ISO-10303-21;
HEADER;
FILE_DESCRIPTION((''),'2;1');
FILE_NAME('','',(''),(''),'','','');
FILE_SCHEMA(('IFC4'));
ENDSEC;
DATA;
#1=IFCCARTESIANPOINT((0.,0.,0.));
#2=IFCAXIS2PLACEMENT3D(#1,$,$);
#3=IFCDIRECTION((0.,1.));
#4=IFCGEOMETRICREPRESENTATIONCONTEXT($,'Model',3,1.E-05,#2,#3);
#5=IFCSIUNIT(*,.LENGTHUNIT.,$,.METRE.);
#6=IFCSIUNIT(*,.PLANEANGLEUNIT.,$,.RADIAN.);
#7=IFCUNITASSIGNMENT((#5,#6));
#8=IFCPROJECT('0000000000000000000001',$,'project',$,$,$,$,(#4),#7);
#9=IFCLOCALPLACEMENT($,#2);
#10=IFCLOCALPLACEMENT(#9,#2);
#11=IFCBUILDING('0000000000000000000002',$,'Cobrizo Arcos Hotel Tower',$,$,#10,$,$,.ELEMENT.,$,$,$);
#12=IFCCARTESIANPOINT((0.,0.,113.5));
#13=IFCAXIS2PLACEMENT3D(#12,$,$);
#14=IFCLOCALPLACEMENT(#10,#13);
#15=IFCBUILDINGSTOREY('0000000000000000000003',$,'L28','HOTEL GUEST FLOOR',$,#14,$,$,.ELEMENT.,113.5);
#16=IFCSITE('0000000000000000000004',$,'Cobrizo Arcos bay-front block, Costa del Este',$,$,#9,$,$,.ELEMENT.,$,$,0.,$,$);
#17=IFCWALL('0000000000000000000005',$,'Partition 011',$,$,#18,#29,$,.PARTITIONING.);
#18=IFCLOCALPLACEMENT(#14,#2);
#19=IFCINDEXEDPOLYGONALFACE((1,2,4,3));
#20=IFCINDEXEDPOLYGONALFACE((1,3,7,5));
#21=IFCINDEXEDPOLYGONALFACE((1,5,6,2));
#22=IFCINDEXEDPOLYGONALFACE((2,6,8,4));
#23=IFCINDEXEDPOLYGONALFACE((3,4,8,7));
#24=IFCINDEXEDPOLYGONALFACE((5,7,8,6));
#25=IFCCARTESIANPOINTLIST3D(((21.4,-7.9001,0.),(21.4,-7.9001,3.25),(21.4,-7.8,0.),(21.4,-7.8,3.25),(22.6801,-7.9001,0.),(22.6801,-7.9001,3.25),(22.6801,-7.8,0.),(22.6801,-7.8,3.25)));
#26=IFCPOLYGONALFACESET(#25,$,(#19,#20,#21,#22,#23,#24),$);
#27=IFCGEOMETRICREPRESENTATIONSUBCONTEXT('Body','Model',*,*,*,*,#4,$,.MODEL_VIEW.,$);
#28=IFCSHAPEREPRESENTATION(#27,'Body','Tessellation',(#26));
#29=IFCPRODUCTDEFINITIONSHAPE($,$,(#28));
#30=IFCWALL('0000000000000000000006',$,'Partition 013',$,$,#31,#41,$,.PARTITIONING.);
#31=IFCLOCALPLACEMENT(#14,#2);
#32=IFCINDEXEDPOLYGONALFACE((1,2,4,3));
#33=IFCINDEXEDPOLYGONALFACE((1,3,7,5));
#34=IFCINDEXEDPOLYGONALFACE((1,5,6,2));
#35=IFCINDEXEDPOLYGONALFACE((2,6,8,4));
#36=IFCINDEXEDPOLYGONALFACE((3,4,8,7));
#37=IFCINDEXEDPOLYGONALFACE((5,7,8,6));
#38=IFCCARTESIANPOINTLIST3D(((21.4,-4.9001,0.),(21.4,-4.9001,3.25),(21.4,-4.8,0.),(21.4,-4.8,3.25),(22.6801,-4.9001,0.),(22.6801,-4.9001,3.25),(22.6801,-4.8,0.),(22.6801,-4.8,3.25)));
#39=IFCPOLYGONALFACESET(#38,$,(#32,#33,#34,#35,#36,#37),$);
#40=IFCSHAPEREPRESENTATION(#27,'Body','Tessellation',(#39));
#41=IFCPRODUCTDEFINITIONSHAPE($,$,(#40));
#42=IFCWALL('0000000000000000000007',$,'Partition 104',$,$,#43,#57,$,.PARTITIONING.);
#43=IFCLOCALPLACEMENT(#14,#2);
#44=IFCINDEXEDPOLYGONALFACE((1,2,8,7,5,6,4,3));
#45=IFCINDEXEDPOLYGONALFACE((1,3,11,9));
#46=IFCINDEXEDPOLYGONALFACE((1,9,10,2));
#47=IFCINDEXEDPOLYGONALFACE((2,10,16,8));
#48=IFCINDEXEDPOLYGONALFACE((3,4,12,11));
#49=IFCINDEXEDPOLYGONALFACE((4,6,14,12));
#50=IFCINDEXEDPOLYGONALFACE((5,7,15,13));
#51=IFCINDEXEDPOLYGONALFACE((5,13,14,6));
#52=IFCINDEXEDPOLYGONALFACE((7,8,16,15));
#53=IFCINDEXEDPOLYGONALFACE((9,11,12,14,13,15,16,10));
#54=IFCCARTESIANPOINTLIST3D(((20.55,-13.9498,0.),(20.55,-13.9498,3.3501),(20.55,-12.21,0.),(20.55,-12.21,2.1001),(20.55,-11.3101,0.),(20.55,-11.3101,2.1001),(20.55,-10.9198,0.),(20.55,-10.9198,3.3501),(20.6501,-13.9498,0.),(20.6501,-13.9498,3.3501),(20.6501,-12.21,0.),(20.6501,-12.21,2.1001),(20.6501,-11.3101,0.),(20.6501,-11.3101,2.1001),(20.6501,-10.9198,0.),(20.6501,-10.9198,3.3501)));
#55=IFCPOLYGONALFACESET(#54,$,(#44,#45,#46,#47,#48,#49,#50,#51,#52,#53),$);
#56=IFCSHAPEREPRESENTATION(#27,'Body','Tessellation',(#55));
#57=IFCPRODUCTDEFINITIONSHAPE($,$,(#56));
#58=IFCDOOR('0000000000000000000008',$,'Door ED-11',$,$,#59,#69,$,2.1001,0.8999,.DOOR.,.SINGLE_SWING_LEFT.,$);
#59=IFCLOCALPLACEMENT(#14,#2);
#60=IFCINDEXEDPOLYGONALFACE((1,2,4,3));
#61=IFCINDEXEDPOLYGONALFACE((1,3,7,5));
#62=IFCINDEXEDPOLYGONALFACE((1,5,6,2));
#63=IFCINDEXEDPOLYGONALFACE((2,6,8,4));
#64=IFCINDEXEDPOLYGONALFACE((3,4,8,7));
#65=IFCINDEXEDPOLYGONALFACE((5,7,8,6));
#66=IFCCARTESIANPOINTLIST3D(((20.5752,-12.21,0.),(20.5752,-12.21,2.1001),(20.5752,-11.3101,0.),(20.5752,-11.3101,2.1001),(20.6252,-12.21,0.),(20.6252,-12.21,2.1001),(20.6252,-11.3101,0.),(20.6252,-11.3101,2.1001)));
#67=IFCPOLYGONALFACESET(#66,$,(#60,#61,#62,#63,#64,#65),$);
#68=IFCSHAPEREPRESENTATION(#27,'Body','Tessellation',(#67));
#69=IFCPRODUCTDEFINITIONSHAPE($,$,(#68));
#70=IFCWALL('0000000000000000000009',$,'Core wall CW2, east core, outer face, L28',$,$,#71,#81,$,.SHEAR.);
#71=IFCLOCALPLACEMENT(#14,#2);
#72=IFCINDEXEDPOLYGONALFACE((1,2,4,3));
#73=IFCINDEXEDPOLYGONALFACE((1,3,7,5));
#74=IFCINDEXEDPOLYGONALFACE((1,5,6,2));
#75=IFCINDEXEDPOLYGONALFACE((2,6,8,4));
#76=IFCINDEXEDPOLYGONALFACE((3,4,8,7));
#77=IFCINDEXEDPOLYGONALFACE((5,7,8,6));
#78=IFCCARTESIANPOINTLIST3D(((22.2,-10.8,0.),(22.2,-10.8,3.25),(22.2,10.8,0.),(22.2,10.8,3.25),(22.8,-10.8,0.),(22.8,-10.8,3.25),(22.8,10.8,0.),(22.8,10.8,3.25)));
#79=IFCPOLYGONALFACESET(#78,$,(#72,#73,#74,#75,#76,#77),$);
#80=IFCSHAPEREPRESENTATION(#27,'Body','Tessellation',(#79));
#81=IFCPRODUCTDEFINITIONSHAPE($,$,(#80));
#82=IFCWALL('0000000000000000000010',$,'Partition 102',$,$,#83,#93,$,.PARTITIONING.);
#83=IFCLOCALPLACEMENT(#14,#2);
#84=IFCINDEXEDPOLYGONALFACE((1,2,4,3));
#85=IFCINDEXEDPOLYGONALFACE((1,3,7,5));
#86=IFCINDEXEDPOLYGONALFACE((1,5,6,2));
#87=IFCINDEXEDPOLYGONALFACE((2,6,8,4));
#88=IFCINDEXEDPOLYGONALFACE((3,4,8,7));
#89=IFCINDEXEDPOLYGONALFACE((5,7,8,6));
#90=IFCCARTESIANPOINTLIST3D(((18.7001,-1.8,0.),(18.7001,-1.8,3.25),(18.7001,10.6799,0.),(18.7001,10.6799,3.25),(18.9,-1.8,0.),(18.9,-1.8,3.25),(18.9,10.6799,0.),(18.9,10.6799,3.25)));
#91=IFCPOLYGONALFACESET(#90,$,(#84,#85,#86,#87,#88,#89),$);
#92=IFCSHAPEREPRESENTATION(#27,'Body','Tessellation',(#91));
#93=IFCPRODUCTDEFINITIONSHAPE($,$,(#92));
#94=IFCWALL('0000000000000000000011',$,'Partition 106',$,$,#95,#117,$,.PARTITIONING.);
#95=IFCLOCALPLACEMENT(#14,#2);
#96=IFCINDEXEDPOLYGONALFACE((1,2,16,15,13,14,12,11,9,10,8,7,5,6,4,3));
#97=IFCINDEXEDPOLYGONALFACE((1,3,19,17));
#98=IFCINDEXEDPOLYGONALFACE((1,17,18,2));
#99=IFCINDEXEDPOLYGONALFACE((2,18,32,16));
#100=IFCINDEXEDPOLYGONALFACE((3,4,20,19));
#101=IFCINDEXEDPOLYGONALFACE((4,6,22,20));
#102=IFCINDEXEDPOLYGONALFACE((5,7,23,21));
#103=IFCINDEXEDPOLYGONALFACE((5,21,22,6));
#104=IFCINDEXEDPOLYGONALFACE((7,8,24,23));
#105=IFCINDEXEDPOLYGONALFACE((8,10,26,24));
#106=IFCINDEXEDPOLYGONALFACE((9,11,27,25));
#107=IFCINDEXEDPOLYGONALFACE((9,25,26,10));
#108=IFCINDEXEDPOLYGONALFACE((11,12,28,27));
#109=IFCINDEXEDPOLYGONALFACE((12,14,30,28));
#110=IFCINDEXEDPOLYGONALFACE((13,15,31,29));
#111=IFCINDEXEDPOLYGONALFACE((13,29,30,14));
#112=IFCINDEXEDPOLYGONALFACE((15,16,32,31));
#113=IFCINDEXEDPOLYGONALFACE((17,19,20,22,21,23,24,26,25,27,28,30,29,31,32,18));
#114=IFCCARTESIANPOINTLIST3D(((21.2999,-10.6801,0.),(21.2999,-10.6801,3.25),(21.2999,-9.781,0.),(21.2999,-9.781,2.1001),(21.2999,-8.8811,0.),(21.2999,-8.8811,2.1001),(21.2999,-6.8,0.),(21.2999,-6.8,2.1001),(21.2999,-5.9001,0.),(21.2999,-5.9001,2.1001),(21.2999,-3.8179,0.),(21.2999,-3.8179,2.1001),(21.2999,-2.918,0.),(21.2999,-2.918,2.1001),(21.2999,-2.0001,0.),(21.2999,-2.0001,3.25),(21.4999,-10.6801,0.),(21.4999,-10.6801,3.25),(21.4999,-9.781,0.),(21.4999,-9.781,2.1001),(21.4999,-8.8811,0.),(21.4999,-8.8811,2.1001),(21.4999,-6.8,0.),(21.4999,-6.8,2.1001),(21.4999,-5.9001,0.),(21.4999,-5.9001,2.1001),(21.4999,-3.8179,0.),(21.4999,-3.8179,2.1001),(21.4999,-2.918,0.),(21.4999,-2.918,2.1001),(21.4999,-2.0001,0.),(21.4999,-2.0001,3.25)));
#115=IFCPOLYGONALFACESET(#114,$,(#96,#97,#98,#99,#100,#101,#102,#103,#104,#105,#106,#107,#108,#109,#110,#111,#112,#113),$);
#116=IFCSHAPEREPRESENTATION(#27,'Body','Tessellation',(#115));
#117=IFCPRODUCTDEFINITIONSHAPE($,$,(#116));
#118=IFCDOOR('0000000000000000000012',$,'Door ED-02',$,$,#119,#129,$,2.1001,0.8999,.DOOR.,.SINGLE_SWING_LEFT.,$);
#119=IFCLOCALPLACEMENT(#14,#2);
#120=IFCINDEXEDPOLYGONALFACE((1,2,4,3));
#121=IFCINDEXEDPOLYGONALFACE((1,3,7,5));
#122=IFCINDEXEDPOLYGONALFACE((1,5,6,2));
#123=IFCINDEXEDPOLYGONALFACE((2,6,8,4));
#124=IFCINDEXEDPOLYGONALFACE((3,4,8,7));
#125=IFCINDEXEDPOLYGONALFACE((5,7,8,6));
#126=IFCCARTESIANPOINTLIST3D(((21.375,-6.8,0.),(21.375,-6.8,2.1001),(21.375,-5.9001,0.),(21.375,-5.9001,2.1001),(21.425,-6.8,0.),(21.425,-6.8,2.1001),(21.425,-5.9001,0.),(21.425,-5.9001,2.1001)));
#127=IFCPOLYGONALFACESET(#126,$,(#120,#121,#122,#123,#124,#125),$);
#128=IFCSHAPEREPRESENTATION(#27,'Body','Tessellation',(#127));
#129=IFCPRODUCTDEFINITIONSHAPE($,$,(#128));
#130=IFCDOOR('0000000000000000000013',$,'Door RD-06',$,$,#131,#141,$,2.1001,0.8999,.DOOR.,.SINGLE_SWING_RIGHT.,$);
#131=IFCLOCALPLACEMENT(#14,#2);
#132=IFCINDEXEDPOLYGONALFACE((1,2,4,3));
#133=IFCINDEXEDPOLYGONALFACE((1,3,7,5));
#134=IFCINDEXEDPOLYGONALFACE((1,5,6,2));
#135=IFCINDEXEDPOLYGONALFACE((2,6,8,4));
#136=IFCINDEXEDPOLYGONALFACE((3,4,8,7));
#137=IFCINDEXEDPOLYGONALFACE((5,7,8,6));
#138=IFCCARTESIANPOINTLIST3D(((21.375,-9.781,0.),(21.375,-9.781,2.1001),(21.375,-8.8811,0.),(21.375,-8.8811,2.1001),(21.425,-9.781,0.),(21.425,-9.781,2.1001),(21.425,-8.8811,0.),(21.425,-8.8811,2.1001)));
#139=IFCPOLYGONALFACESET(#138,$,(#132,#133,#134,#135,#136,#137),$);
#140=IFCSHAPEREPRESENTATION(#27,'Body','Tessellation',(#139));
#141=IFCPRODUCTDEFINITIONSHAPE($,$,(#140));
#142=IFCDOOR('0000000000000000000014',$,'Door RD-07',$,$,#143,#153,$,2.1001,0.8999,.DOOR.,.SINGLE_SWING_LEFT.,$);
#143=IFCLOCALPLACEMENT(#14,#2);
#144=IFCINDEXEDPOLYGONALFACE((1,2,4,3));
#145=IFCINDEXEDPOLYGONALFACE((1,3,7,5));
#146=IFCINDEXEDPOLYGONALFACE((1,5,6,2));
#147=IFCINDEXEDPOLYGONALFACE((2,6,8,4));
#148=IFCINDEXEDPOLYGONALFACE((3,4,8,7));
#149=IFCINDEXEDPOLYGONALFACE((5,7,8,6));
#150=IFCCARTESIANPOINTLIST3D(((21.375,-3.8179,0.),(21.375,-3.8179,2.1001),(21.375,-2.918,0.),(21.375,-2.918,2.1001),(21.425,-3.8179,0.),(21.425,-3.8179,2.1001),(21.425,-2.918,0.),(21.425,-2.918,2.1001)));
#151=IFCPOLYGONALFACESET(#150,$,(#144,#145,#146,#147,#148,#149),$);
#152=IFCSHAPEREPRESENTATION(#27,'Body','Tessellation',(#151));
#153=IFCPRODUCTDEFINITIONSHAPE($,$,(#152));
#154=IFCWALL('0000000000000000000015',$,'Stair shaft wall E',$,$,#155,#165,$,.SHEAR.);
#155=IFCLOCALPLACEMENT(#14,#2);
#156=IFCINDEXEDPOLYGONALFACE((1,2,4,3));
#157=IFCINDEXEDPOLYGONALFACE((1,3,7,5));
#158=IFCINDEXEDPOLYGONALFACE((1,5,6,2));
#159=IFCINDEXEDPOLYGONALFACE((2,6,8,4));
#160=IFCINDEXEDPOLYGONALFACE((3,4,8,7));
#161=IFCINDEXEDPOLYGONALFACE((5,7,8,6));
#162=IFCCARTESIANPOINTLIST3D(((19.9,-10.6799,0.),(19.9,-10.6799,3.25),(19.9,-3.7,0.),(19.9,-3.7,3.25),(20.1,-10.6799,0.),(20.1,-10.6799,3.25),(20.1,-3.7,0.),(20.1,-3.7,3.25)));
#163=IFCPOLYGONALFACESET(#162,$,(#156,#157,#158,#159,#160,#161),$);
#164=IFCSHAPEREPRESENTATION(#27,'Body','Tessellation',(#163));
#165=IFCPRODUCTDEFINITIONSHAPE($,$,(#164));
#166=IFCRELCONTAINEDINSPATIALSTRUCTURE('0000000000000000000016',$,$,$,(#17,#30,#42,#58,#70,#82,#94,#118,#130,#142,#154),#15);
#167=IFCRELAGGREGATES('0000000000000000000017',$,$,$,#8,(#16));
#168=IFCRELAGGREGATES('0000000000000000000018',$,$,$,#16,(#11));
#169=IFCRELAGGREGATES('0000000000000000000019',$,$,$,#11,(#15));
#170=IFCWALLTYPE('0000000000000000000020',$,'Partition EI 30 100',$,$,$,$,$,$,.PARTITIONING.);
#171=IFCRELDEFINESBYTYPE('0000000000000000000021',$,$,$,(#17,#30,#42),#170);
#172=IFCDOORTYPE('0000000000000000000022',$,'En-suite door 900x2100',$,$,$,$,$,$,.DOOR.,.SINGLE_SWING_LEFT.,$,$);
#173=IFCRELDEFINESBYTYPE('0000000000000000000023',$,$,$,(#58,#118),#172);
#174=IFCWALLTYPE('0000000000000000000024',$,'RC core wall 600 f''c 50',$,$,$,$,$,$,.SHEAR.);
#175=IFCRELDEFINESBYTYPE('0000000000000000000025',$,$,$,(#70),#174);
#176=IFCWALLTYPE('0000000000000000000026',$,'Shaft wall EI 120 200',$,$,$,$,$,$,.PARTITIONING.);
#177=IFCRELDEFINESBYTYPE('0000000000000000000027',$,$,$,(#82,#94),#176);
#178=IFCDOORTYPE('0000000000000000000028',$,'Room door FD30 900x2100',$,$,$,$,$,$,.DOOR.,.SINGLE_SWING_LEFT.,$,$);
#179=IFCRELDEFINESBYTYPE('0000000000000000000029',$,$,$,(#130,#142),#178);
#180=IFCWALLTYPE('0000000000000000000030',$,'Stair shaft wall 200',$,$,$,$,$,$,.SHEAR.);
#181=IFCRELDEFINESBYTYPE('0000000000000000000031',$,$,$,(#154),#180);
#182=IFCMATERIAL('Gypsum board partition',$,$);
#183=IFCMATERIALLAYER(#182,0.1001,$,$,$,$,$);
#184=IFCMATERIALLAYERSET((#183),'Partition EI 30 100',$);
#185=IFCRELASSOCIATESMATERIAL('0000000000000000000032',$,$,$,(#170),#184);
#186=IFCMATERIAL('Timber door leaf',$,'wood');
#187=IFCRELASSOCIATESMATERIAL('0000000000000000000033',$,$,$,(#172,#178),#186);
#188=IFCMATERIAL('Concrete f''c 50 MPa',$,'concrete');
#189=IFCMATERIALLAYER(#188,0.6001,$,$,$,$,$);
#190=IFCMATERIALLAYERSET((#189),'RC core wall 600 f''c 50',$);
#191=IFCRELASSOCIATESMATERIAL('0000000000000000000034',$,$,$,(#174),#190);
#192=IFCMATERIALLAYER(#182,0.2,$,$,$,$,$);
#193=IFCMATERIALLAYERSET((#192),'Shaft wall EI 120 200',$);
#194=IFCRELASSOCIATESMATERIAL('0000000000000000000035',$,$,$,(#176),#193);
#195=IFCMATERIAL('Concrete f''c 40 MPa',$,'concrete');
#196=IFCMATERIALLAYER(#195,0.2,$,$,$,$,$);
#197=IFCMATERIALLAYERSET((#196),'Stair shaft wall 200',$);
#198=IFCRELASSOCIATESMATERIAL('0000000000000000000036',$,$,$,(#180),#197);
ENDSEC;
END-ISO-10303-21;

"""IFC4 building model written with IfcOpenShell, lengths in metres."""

from ifc_helpers import new_model, si_unit, direction, frame, frame_2d, origin, place, context, subcontext, project, spatial, rectangle, extrude, material, layer, layer_set, type_object, element, fill, save


model = new_model("IFC4")

# Units and contexts
model_context = context("Model", 3, precision=1e-05, world=origin(), true_north=direction((0.0, 1.0)))
body_context = subcontext(model_context, "Body", "Model", "MODEL_VIEW")
ifc_project = project(units=[si_unit("LENGTHUNIT", "METRE"), si_unit("PLANEANGLEUNIT", "RADIAN")], contexts=[model_context])

# Site, building, storey
site_placement = place(None, origin())
site = spatial("IfcSite", under=ifc_project, at=site_placement, Name="Cobrizo Arcos bay-front block, Costa del Este", CompositionType="ELEMENT", RefElevation=0.0)
building_placement = place(site_placement, origin())
building = spatial("IfcBuilding", under=site, at=building_placement, Name="Cobrizo Arcos Hotel Tower", CompositionType="ELEMENT")
storey_placement = place(building_placement, frame((0.0, 0.0, 113.5)))
storey = spatial("IfcBuildingStorey", under=building, at=storey_placement, Name="L28", Description="HOTEL GUEST FLOOR", CompositionType="ELEMENT", Elevation=113.5)

# Walls
ifc_material_1 = material(Name="Gypsum board partition")
ifc_layer_1 = layer(ifc_material_1, 0.1001)
ifc_layer_set_1 = layer_set([ifc_layer_1], Name="Partition EI 30 100")
wall_type_1 = type_object("IfcWallType", Name="Partition EI 30 100", PredefinedType="PARTITIONING", material=ifc_layer_set_1)
for number, where, z_axis, x_axis, name in (
    (1, (21.3999, -7.8501, 0.0), (0.0, 0.0, 1.0), (1.0, 0.0, 0.0), "Partition 011"),
    (2, (21.3999, -4.8501, 0.0), (0.0, 0.0, 1.0), (1.0, 0.0, 0.0), "Partition 013"),
):
    element("IfcWall", number, at=place(storey_placement, frame(where, z_axis=z_axis, x_axis=x_axis)), inside=storey, type_object=wall_type_1, Name=name, PredefinedType="PARTITIONING", context=body_context, shape_type="SweptSolid", body=[
        extrude(rectangle(XDim=1.28, YDim=0.1001, at=frame_2d((0.6401, 0.0))), origin(), (0.0, 0.0, 1.0), 3.25),
    ])

# Wall, opening, door
wall_1_placement = place(storey_placement, frame((20.6001, -13.95, 0.0), z_axis=(0.0, 0.0, 1.0), x_axis=(0.0, 1.0, 0.0)))
wall_1 = element("IfcWall", 3, at=wall_1_placement, inside=storey, type_object=wall_type_1, Name="Partition 104", PredefinedType="PARTITIONING", context=body_context, shape_type="SweptSolid", body=[
    extrude(rectangle(XDim=3.03, YDim=0.1001, at=frame_2d((1.5151, 0.0))), origin(), (0.0, 0.0, 1.0), 3.3501),
])
opening_1_placement = place(wall_1_placement, frame((1.74, 0.0, 0.0)))
opening_1 = element("IfcOpeningElement", 4, at=opening_1_placement, cuts=wall_1, PredefinedType="OPENING", context=body_context, shape_type="SweptSolid", body=[
    extrude(rectangle(XDim=0.8999, YDim=2.1001, at=frame_2d((0.45, 1.05))), frame((0.0, 0.062, 0.0), z_axis=(0.0, -1.0, 0.0), x_axis=(1.0, 0.0, 0.0)), (0.0, 0.0, 1.0), 0.124),
])
ifc_material_2 = material(Name="Timber door leaf", Category="wood")
door_type_1 = type_object("IfcDoorType", Name="En-suite door 900x2100", OperationType="SINGLE_SWING_LEFT", PredefinedType="DOOR", material=ifc_material_2)
door_1_placement = place(opening_1_placement, origin())
door_1 = element("IfcDoor", 5, at=door_1_placement, inside=storey, type_object=door_type_1, Name="Door ED-11", OperationType="SINGLE_SWING_LEFT", OverallHeight=2.1001, OverallWidth=0.8999, PredefinedType="DOOR", context=body_context, shape_type="SweptSolid", body=[
    extrude(rectangle(XDim=0.8999, YDim=2.1001, at=frame_2d((0.45, 1.05))), frame((0.0, 0.0249, 0.0), z_axis=(0.0, -1.0, 0.0), x_axis=(1.0, 0.0, 0.0)), (0.0, 0.0, 1.0), 0.05),
])
fill(opening_1, door_1)

# Walls
ifc_material_3 = material(Name="Concrete f'c 50 MPa", Category="concrete")
ifc_layer_2 = layer(ifc_material_3, 0.6001)
ifc_layer_set_2 = layer_set([ifc_layer_2], Name="RC core wall 600 f'c 50")
wall_type_2 = type_object("IfcWallType", Name="RC core wall 600 f'c 50", PredefinedType="SHEAR", material=ifc_layer_set_2)
wall_2_placement = place(storey_placement, frame((22.5, -10.8, 0.0), z_axis=(0.0, 0.0, 1.0), x_axis=(0.0, 1.0, 0.0)))
element("IfcWall", 6, at=wall_2_placement, inside=storey, type_object=wall_type_2, Name="Core wall CW2, east core, outer face, L28", PredefinedType="SHEAR", context=body_context, shape_type="SweptSolid", body=[
    extrude(rectangle(XDim=21.6001, YDim=0.6001, at=frame_2d((10.8, 0.0))), origin(), (0.0, 0.0, 1.0), 3.25),
])
ifc_layer_3 = layer(ifc_material_1, 0.2)
ifc_layer_set_3 = layer_set([ifc_layer_3], Name="Shaft wall EI 120 200")
wall_type_3 = type_object("IfcWallType", Name="Shaft wall EI 120 200", PredefinedType="PARTITIONING", material=ifc_layer_set_3)
wall_3_placement = place(storey_placement, frame((18.8, -1.8, 0.0), z_axis=(0.0, 0.0, 1.0), x_axis=(0.0, 1.0, 0.0)))
element("IfcWall", 7, at=wall_3_placement, inside=storey, type_object=wall_type_3, Name="Partition 102", PredefinedType="PARTITIONING", context=body_context, shape_type="SweptSolid", body=[
    extrude(rectangle(XDim=12.48, YDim=0.2, at=frame_2d((6.24, 0.0))), origin(), (0.0, 0.0, 1.0), 3.25),
])

# Wall, openings, doors
wall_4_placement = place(storey_placement, frame((21.3999, -10.6799, 0.0), z_axis=(0.0, 0.0, 1.0), x_axis=(0.0, 1.0, 0.0)))
wall_4 = element("IfcWall", 8, at=wall_4_placement, inside=storey, type_object=wall_type_3, Name="Partition 106", PredefinedType="PARTITIONING", context=body_context, shape_type="SweptSolid", body=[
    extrude(rectangle(XDim=8.6799, YDim=0.2, at=frame_2d((4.3398, 0.0))), origin(), (0.0, 0.0, 1.0), 3.25),
])
opening_2_placement = place(wall_4_placement, frame((0.8989, 0.0, 0.0)))
opening_2 = element("IfcOpeningElement", 9, at=opening_2_placement, cuts=wall_4, PredefinedType="OPENING", context=body_context, shape_type="SweptSolid", body=[
    extrude(rectangle(XDim=0.8999, YDim=2.1001, at=frame_2d((0.45, 1.05))), frame((0.0, 0.1121, 0.0), z_axis=(0.0, -1.0, 0.0), x_axis=(1.0, 0.0, 0.0)), (0.0, 0.0, 1.0), 0.2239),
])
opening_3_placement = place(wall_4_placement, frame((3.8799, 0.0, 0.0)))
opening_3 = element("IfcOpeningElement", 10, at=opening_3_placement, cuts=wall_4, PredefinedType="OPENING", context=body_context, shape_type="SweptSolid", body=[
    extrude(rectangle(XDim=0.8999, YDim=2.1001, at=frame_2d((0.45, 1.05))), frame((0.0, 0.1121, 0.0), z_axis=(0.0, -1.0, 0.0), x_axis=(1.0, 0.0, 0.0)), (0.0, 0.0, 1.0), 0.2239),
])
opening_4_placement = place(wall_4_placement, frame((6.8621, 0.0, 0.0)))
opening_4 = element("IfcOpeningElement", 11, at=opening_4_placement, cuts=wall_4, PredefinedType="OPENING", context=body_context, shape_type="SweptSolid", body=[
    extrude(rectangle(XDim=0.8999, YDim=2.1001, at=frame_2d((0.45, 1.05))), frame((0.0, 0.1121, 0.0), z_axis=(0.0, -1.0, 0.0), x_axis=(1.0, 0.0, 0.0)), (0.0, 0.0, 1.0), 0.2239),
])
door_2_placement = place(opening_3_placement, origin())
door_2 = element("IfcDoor", 12, at=door_2_placement, inside=storey, type_object=door_type_1, Name="Door ED-02", OperationType="SINGLE_SWING_LEFT", OverallHeight=2.1001, OverallWidth=0.8999, PredefinedType="DOOR", context=body_context, shape_type="SweptSolid", body=[
    extrude(rectangle(XDim=0.8999, YDim=2.1001, at=frame_2d((0.45, 1.05))), frame((0.0, 0.0249, 0.0), z_axis=(0.0, -1.0, 0.0), x_axis=(1.0, 0.0, 0.0)), (0.0, 0.0, 1.0), 0.05),
])
fill(opening_3, door_2)
door_type_2 = type_object("IfcDoorType", Name="Room door FD30 900x2100", OperationType="SINGLE_SWING_LEFT", PredefinedType="DOOR", material=ifc_material_2)
door_3_placement = place(opening_2_placement, origin())
door_3 = element("IfcDoor", 13, at=door_3_placement, inside=storey, type_object=door_type_2, Name="Door RD-06", OperationType="SINGLE_SWING_RIGHT", OverallHeight=2.1001, OverallWidth=0.8999, PredefinedType="DOOR", context=body_context, shape_type="SweptSolid", body=[
    extrude(rectangle(XDim=0.8999, YDim=2.1001, at=frame_2d((0.45, 1.05))), frame((0.0, 0.0249, 0.0), z_axis=(0.0, -1.0, 0.0), x_axis=(1.0, 0.0, 0.0)), (0.0, 0.0, 1.0), 0.05),
])
fill(opening_2, door_3)
door_4_placement = place(opening_4_placement, origin())
door_4 = element("IfcDoor", 14, at=door_4_placement, inside=storey, type_object=door_type_2, Name="Door RD-07", OperationType="SINGLE_SWING_LEFT", OverallHeight=2.1001, OverallWidth=0.8999, PredefinedType="DOOR", context=body_context, shape_type="SweptSolid", body=[
    extrude(rectangle(XDim=0.8999, YDim=2.1001, at=frame_2d((0.45, 1.05))), frame((0.0, 0.0249, 0.0), z_axis=(0.0, -1.0, 0.0), x_axis=(1.0, 0.0, 0.0)), (0.0, 0.0, 1.0), 0.05),
])
fill(opening_4, door_4)

# Wall
ifc_material_4 = material(Name="Concrete f'c 40 MPa", Category="concrete")
ifc_layer_4 = layer(ifc_material_4, 0.2)
ifc_layer_set_4 = layer_set([ifc_layer_4], Name="Stair shaft wall 200")
wall_type_4 = type_object("IfcWallType", Name="Stair shaft wall 200", PredefinedType="SHEAR", material=ifc_layer_set_4)
wall_5_placement = place(storey_placement, frame((20.0, -10.6799, 0.0), z_axis=(0.0, 0.0, 1.0), x_axis=(0.0, 1.0, 0.0)))
element("IfcWall", 15, at=wall_5_placement, inside=storey, type_object=wall_type_4, Name="Stair shaft wall E", PredefinedType="SHEAR", context=body_context, shape_type="SweptSolid", body=[
    extrude(rectangle(XDim=6.98, YDim=0.2, at=frame_2d((3.49, 0.0))), origin(), (0.0, 0.0, 1.0), 3.25),
])

save(model, "model.ifc")
